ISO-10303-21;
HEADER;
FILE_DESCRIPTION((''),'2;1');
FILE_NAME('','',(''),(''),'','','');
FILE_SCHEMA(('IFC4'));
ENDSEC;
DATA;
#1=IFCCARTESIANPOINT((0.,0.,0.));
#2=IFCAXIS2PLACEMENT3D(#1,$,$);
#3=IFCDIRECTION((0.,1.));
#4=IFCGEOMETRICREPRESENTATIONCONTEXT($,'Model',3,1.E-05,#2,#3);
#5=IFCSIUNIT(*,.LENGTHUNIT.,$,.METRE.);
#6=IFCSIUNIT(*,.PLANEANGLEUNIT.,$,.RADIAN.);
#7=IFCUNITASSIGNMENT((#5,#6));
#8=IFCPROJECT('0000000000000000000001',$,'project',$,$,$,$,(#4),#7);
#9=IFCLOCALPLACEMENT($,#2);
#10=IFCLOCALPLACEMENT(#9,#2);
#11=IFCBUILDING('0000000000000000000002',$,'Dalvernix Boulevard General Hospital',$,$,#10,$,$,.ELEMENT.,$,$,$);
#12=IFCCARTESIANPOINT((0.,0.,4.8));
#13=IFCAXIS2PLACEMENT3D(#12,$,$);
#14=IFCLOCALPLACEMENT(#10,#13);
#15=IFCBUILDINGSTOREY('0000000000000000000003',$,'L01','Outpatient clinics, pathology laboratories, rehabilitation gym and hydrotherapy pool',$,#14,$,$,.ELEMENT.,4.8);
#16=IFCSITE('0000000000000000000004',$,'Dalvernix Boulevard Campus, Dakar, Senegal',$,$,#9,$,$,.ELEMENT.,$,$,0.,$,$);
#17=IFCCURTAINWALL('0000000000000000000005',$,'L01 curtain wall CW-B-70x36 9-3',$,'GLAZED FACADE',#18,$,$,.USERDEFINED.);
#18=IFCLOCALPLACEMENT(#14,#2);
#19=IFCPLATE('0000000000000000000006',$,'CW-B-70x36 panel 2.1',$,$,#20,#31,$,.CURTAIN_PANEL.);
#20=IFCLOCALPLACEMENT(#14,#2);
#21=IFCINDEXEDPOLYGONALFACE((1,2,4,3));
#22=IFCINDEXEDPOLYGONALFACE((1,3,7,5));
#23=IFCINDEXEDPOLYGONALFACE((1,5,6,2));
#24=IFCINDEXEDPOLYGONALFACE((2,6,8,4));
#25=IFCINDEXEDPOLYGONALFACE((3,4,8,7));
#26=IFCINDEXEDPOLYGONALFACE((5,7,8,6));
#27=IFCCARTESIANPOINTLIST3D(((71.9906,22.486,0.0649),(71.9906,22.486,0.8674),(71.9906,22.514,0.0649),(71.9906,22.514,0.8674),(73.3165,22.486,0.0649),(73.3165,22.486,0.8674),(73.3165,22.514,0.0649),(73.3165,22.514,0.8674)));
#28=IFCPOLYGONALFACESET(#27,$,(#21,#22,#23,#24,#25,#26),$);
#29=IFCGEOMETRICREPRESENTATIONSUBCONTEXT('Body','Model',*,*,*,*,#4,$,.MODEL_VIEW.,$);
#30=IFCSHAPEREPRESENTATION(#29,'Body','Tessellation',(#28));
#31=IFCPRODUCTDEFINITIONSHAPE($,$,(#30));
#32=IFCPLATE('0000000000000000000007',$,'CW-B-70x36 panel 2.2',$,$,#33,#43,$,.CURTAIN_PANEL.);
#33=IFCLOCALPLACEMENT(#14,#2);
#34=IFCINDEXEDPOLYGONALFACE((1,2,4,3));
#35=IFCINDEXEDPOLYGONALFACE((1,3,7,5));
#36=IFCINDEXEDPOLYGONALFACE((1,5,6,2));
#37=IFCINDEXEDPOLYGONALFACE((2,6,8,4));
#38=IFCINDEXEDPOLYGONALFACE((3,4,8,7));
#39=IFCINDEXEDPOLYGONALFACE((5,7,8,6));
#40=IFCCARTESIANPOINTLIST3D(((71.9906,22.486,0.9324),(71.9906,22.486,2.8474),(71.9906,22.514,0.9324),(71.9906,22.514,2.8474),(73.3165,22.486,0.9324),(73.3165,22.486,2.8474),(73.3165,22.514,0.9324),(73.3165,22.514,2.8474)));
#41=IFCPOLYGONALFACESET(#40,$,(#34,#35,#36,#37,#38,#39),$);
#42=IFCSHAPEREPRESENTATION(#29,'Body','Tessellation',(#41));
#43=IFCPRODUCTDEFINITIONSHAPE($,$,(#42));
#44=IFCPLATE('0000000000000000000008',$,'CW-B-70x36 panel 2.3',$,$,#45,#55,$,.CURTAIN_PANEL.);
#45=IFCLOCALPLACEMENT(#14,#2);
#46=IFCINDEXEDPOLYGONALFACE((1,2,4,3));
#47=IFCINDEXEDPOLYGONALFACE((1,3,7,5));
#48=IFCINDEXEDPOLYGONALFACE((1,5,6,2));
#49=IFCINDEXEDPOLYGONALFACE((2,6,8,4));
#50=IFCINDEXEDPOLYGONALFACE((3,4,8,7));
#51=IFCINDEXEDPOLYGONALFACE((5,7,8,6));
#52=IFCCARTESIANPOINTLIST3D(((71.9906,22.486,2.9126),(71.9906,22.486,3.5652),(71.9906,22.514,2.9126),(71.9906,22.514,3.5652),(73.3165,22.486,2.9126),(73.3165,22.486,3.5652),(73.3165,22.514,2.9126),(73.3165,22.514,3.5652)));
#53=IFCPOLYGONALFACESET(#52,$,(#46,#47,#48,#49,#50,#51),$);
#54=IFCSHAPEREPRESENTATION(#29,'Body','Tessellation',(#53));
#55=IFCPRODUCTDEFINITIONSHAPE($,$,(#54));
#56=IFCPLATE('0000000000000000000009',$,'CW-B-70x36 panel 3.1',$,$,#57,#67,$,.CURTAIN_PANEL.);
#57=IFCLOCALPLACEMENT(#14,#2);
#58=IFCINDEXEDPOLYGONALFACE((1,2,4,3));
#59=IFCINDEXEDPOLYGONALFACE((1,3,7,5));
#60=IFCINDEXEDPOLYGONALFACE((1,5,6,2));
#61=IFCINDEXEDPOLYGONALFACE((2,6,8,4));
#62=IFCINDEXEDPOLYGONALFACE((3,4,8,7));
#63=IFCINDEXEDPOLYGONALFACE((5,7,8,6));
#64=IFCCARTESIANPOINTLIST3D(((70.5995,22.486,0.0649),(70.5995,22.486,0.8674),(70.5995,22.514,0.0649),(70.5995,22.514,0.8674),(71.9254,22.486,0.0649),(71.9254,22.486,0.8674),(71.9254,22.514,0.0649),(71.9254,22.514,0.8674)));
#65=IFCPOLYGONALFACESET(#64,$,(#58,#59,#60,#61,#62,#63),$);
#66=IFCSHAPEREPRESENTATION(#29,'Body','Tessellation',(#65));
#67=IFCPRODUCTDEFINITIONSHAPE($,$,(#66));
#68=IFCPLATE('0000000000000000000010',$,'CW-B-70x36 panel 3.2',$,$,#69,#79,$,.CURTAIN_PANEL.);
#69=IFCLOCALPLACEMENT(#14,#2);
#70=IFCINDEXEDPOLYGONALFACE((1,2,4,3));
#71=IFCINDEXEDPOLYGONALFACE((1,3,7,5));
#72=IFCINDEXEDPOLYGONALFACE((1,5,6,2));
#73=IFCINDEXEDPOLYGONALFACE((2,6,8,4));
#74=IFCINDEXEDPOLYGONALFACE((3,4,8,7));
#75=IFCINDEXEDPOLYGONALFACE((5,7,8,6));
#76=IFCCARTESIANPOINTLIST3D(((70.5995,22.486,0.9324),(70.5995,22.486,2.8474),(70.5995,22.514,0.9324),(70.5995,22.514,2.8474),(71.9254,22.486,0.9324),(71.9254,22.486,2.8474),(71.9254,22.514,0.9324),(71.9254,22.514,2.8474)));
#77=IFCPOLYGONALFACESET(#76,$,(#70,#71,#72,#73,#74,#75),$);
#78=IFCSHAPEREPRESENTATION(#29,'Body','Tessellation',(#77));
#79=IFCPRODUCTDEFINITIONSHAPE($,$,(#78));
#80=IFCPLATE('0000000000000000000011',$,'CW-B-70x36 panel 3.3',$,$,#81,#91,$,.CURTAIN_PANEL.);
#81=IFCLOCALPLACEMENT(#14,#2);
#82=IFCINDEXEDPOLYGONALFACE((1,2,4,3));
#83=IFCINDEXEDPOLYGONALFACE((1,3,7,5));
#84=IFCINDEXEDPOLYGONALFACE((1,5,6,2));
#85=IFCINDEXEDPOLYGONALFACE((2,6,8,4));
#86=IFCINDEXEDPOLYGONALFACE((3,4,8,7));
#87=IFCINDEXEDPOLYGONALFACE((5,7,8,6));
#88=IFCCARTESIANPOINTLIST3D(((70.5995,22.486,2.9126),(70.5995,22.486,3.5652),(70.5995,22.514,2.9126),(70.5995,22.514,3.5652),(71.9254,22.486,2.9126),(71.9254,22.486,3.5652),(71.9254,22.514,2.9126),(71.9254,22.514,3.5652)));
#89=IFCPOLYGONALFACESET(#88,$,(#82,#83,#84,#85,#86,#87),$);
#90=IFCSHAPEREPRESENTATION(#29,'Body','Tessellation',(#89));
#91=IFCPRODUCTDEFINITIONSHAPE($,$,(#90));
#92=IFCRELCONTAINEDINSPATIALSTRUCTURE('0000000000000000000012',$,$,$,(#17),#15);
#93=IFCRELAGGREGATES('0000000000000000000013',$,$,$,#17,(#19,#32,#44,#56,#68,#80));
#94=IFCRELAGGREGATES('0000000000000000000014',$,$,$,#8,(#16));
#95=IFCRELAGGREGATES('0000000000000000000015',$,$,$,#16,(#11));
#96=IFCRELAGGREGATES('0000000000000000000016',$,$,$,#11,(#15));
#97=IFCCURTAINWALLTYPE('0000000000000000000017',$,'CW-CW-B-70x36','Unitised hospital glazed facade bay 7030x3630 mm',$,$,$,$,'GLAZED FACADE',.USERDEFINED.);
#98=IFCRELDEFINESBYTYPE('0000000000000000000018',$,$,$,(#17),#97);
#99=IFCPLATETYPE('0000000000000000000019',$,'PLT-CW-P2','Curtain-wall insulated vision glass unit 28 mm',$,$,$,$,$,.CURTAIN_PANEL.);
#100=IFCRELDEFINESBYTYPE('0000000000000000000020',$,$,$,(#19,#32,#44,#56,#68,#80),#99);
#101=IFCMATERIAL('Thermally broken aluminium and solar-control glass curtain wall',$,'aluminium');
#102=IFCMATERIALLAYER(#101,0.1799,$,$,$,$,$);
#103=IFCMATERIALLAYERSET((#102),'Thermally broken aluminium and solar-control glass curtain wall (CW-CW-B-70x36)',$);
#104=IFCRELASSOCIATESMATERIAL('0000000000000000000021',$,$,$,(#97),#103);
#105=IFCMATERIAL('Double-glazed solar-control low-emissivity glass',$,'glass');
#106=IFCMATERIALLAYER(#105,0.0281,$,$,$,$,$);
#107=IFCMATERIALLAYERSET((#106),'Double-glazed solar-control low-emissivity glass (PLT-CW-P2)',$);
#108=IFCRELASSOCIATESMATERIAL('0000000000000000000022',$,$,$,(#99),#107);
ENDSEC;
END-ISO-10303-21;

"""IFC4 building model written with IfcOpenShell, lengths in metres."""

from ifc_helpers import new_model, si_unit, direction, frame, origin, origin_2d, place, context, subcontext, project, spatial, rectangle, extrude, material, layer, layer_set, type_object, element, aggregate, save


model = new_model("IFC4")

# Units and contexts
model_context = context("Model", 3, precision=1e-05, world=origin(), true_north=direction((0.0, 1.0)))
body_context = subcontext(model_context, "Body", "Model", "MODEL_VIEW")
ifc_project = project(units=[si_unit("LENGTHUNIT", "METRE"), si_unit("PLANEANGLEUNIT", "RADIAN")], contexts=[model_context])

# Site, building, storey
site_placement = place(None, origin())
site = spatial("IfcSite", under=ifc_project, at=site_placement, Name="Dalvernix Boulevard Campus, Dakar, Senegal", CompositionType="ELEMENT", RefElevation=0.0)
building_placement = place(site_placement, origin())
building = spatial("IfcBuilding", under=site, at=building_placement, Name="Dalvernix Boulevard General Hospital", CompositionType="ELEMENT")
storey_placement = place(building_placement, frame((0.0, 0.0, 4.8)))
storey = spatial("IfcBuildingStorey", under=building, at=storey_placement, Name="L01", Description="Outpatient clinics, pathology laboratories, rehabilitation gym and hydrotherapy pool", CompositionType="ELEMENT", Elevation=4.8)

# Curtain wall, plates
ifc_material_1 = material(Name="Thermally broken aluminium and solar-control glass curtain wall", Category="aluminium")
ifc_layer_1 = layer(ifc_material_1, 0.1799)
ifc_layer_set_1 = layer_set([ifc_layer_1], Name="Thermally broken aluminium and solar-control glass curtain wall (CW-CW-B-70x36)")
curtain_wall_type = type_object("IfcCurtainWallType", Name="CW-CW-B-70x36", Description="Unitised hospital glazed facade bay 7030x3630 mm", ElementType="GLAZED FACADE", PredefinedType="USERDEFINED", material=ifc_layer_set_1)
curtain_wall_placement = place(storey_placement, origin())
curtain_wall = element("IfcCurtainWall", 1, at=curtain_wall_placement, inside=storey, type_object=curtain_wall_type, Name="L01 curtain wall CW-B-70x36 9-3", ObjectType="GLAZED FACADE", PredefinedType="USERDEFINED")
ifc_material_2 = material(Name="Double-glazed solar-control low-emissivity glass", Category="glass")
ifc_layer_2 = layer(ifc_material_2, 0.0281)
ifc_layer_set_2 = layer_set([ifc_layer_2], Name="Double-glazed solar-control low-emissivity glass (PLT-CW-P2)")
plate_type = type_object("IfcPlateType", Name="PLT-CW-P2", Description="Curtain-wall insulated vision glass unit 28 mm", PredefinedType="CURTAIN_PANEL", material=ifc_layer_set_2)
plate_1_placement = place(storey_placement, frame((72.6536, 22.5, 0.0649), z_axis=(0.0, 0.0, 1.0), x_axis=(-1.0, 0.0, 0.0)))
plate_1 = element("IfcPlate", 2, at=plate_1_placement, type_object=plate_type, Name="CW-B-70x36 panel 2.1", PredefinedType="CURTAIN_PANEL", context=body_context, shape_type="SweptSolid", body=[
    extrude(rectangle(XDim=1.3259, YDim=0.0281, at=origin_2d()), origin(), (0.0, 0.0, 1.0), 0.8025),
])
plate_2_placement = place(storey_placement, frame((72.6536, 22.5, 0.9324), z_axis=(0.0, 0.0, 1.0), x_axis=(-1.0, 0.0, 0.0)))
plate_2 = element("IfcPlate", 3, at=plate_2_placement, type_object=plate_type, Name="CW-B-70x36 panel 2.2", PredefinedType="CURTAIN_PANEL", context=body_context, shape_type="SweptSolid", body=[
    extrude(rectangle(XDim=1.3259, YDim=0.0281, at=origin_2d()), origin(), (0.0, 0.0, 1.0), 1.915),
])
plate_3_placement = place(storey_placement, frame((72.6536, 22.5, 2.9126), z_axis=(0.0, 0.0, 1.0), x_axis=(-1.0, 0.0, 0.0)))
plate_3 = element("IfcPlate", 4, at=plate_3_placement, type_object=plate_type, Name="CW-B-70x36 panel 2.3", PredefinedType="CURTAIN_PANEL", context=body_context, shape_type="SweptSolid", body=[
    extrude(rectangle(XDim=1.3259, YDim=0.0281, at=origin_2d()), origin(), (0.0, 0.0, 1.0), 0.6526),
])
plate_4_placement = place(storey_placement, frame((71.2625, 22.5, 0.0649), z_axis=(0.0, 0.0, 1.0), x_axis=(-1.0, 0.0, 0.0)))
plate_4 = element("IfcPlate", 5, at=plate_4_placement, type_object=plate_type, Name="CW-B-70x36 panel 3.1", PredefinedType="CURTAIN_PANEL", context=body_context, shape_type="SweptSolid", body=[
    extrude(rectangle(XDim=1.3259, YDim=0.0281, at=origin_2d()), origin(), (0.0, 0.0, 1.0), 0.8025),
])
plate_5_placement = place(storey_placement, frame((71.2625, 22.5, 0.9324), z_axis=(0.0, 0.0, 1.0), x_axis=(-1.0, 0.0, 0.0)))
plate_5 = element("IfcPlate", 6, at=plate_5_placement, type_object=plate_type, Name="CW-B-70x36 panel 3.2", PredefinedType="CURTAIN_PANEL", context=body_context, shape_type="SweptSolid", body=[
    extrude(rectangle(XDim=1.3259, YDim=0.0281, at=origin_2d()), origin(), (0.0, 0.0, 1.0), 1.915),
])
plate_6_placement = place(storey_placement, frame((71.2625, 22.5, 2.9126), z_axis=(0.0, 0.0, 1.0), x_axis=(-1.0, 0.0, 0.0)))
plate_6 = element("IfcPlate", 7, at=plate_6_placement, type_object=plate_type, Name="CW-B-70x36 panel 3.3", PredefinedType="CURTAIN_PANEL", context=body_context, shape_type="SweptSolid", body=[
    extrude(rectangle(XDim=1.3259, YDim=0.0281, at=origin_2d()), origin(), (0.0, 0.0, 1.0), 0.6526),
])
aggregate(curtain_wall, [plate_1, plate_2, plate_3, plate_4, plate_5, plate_6])

save(model, "model.ifc")
